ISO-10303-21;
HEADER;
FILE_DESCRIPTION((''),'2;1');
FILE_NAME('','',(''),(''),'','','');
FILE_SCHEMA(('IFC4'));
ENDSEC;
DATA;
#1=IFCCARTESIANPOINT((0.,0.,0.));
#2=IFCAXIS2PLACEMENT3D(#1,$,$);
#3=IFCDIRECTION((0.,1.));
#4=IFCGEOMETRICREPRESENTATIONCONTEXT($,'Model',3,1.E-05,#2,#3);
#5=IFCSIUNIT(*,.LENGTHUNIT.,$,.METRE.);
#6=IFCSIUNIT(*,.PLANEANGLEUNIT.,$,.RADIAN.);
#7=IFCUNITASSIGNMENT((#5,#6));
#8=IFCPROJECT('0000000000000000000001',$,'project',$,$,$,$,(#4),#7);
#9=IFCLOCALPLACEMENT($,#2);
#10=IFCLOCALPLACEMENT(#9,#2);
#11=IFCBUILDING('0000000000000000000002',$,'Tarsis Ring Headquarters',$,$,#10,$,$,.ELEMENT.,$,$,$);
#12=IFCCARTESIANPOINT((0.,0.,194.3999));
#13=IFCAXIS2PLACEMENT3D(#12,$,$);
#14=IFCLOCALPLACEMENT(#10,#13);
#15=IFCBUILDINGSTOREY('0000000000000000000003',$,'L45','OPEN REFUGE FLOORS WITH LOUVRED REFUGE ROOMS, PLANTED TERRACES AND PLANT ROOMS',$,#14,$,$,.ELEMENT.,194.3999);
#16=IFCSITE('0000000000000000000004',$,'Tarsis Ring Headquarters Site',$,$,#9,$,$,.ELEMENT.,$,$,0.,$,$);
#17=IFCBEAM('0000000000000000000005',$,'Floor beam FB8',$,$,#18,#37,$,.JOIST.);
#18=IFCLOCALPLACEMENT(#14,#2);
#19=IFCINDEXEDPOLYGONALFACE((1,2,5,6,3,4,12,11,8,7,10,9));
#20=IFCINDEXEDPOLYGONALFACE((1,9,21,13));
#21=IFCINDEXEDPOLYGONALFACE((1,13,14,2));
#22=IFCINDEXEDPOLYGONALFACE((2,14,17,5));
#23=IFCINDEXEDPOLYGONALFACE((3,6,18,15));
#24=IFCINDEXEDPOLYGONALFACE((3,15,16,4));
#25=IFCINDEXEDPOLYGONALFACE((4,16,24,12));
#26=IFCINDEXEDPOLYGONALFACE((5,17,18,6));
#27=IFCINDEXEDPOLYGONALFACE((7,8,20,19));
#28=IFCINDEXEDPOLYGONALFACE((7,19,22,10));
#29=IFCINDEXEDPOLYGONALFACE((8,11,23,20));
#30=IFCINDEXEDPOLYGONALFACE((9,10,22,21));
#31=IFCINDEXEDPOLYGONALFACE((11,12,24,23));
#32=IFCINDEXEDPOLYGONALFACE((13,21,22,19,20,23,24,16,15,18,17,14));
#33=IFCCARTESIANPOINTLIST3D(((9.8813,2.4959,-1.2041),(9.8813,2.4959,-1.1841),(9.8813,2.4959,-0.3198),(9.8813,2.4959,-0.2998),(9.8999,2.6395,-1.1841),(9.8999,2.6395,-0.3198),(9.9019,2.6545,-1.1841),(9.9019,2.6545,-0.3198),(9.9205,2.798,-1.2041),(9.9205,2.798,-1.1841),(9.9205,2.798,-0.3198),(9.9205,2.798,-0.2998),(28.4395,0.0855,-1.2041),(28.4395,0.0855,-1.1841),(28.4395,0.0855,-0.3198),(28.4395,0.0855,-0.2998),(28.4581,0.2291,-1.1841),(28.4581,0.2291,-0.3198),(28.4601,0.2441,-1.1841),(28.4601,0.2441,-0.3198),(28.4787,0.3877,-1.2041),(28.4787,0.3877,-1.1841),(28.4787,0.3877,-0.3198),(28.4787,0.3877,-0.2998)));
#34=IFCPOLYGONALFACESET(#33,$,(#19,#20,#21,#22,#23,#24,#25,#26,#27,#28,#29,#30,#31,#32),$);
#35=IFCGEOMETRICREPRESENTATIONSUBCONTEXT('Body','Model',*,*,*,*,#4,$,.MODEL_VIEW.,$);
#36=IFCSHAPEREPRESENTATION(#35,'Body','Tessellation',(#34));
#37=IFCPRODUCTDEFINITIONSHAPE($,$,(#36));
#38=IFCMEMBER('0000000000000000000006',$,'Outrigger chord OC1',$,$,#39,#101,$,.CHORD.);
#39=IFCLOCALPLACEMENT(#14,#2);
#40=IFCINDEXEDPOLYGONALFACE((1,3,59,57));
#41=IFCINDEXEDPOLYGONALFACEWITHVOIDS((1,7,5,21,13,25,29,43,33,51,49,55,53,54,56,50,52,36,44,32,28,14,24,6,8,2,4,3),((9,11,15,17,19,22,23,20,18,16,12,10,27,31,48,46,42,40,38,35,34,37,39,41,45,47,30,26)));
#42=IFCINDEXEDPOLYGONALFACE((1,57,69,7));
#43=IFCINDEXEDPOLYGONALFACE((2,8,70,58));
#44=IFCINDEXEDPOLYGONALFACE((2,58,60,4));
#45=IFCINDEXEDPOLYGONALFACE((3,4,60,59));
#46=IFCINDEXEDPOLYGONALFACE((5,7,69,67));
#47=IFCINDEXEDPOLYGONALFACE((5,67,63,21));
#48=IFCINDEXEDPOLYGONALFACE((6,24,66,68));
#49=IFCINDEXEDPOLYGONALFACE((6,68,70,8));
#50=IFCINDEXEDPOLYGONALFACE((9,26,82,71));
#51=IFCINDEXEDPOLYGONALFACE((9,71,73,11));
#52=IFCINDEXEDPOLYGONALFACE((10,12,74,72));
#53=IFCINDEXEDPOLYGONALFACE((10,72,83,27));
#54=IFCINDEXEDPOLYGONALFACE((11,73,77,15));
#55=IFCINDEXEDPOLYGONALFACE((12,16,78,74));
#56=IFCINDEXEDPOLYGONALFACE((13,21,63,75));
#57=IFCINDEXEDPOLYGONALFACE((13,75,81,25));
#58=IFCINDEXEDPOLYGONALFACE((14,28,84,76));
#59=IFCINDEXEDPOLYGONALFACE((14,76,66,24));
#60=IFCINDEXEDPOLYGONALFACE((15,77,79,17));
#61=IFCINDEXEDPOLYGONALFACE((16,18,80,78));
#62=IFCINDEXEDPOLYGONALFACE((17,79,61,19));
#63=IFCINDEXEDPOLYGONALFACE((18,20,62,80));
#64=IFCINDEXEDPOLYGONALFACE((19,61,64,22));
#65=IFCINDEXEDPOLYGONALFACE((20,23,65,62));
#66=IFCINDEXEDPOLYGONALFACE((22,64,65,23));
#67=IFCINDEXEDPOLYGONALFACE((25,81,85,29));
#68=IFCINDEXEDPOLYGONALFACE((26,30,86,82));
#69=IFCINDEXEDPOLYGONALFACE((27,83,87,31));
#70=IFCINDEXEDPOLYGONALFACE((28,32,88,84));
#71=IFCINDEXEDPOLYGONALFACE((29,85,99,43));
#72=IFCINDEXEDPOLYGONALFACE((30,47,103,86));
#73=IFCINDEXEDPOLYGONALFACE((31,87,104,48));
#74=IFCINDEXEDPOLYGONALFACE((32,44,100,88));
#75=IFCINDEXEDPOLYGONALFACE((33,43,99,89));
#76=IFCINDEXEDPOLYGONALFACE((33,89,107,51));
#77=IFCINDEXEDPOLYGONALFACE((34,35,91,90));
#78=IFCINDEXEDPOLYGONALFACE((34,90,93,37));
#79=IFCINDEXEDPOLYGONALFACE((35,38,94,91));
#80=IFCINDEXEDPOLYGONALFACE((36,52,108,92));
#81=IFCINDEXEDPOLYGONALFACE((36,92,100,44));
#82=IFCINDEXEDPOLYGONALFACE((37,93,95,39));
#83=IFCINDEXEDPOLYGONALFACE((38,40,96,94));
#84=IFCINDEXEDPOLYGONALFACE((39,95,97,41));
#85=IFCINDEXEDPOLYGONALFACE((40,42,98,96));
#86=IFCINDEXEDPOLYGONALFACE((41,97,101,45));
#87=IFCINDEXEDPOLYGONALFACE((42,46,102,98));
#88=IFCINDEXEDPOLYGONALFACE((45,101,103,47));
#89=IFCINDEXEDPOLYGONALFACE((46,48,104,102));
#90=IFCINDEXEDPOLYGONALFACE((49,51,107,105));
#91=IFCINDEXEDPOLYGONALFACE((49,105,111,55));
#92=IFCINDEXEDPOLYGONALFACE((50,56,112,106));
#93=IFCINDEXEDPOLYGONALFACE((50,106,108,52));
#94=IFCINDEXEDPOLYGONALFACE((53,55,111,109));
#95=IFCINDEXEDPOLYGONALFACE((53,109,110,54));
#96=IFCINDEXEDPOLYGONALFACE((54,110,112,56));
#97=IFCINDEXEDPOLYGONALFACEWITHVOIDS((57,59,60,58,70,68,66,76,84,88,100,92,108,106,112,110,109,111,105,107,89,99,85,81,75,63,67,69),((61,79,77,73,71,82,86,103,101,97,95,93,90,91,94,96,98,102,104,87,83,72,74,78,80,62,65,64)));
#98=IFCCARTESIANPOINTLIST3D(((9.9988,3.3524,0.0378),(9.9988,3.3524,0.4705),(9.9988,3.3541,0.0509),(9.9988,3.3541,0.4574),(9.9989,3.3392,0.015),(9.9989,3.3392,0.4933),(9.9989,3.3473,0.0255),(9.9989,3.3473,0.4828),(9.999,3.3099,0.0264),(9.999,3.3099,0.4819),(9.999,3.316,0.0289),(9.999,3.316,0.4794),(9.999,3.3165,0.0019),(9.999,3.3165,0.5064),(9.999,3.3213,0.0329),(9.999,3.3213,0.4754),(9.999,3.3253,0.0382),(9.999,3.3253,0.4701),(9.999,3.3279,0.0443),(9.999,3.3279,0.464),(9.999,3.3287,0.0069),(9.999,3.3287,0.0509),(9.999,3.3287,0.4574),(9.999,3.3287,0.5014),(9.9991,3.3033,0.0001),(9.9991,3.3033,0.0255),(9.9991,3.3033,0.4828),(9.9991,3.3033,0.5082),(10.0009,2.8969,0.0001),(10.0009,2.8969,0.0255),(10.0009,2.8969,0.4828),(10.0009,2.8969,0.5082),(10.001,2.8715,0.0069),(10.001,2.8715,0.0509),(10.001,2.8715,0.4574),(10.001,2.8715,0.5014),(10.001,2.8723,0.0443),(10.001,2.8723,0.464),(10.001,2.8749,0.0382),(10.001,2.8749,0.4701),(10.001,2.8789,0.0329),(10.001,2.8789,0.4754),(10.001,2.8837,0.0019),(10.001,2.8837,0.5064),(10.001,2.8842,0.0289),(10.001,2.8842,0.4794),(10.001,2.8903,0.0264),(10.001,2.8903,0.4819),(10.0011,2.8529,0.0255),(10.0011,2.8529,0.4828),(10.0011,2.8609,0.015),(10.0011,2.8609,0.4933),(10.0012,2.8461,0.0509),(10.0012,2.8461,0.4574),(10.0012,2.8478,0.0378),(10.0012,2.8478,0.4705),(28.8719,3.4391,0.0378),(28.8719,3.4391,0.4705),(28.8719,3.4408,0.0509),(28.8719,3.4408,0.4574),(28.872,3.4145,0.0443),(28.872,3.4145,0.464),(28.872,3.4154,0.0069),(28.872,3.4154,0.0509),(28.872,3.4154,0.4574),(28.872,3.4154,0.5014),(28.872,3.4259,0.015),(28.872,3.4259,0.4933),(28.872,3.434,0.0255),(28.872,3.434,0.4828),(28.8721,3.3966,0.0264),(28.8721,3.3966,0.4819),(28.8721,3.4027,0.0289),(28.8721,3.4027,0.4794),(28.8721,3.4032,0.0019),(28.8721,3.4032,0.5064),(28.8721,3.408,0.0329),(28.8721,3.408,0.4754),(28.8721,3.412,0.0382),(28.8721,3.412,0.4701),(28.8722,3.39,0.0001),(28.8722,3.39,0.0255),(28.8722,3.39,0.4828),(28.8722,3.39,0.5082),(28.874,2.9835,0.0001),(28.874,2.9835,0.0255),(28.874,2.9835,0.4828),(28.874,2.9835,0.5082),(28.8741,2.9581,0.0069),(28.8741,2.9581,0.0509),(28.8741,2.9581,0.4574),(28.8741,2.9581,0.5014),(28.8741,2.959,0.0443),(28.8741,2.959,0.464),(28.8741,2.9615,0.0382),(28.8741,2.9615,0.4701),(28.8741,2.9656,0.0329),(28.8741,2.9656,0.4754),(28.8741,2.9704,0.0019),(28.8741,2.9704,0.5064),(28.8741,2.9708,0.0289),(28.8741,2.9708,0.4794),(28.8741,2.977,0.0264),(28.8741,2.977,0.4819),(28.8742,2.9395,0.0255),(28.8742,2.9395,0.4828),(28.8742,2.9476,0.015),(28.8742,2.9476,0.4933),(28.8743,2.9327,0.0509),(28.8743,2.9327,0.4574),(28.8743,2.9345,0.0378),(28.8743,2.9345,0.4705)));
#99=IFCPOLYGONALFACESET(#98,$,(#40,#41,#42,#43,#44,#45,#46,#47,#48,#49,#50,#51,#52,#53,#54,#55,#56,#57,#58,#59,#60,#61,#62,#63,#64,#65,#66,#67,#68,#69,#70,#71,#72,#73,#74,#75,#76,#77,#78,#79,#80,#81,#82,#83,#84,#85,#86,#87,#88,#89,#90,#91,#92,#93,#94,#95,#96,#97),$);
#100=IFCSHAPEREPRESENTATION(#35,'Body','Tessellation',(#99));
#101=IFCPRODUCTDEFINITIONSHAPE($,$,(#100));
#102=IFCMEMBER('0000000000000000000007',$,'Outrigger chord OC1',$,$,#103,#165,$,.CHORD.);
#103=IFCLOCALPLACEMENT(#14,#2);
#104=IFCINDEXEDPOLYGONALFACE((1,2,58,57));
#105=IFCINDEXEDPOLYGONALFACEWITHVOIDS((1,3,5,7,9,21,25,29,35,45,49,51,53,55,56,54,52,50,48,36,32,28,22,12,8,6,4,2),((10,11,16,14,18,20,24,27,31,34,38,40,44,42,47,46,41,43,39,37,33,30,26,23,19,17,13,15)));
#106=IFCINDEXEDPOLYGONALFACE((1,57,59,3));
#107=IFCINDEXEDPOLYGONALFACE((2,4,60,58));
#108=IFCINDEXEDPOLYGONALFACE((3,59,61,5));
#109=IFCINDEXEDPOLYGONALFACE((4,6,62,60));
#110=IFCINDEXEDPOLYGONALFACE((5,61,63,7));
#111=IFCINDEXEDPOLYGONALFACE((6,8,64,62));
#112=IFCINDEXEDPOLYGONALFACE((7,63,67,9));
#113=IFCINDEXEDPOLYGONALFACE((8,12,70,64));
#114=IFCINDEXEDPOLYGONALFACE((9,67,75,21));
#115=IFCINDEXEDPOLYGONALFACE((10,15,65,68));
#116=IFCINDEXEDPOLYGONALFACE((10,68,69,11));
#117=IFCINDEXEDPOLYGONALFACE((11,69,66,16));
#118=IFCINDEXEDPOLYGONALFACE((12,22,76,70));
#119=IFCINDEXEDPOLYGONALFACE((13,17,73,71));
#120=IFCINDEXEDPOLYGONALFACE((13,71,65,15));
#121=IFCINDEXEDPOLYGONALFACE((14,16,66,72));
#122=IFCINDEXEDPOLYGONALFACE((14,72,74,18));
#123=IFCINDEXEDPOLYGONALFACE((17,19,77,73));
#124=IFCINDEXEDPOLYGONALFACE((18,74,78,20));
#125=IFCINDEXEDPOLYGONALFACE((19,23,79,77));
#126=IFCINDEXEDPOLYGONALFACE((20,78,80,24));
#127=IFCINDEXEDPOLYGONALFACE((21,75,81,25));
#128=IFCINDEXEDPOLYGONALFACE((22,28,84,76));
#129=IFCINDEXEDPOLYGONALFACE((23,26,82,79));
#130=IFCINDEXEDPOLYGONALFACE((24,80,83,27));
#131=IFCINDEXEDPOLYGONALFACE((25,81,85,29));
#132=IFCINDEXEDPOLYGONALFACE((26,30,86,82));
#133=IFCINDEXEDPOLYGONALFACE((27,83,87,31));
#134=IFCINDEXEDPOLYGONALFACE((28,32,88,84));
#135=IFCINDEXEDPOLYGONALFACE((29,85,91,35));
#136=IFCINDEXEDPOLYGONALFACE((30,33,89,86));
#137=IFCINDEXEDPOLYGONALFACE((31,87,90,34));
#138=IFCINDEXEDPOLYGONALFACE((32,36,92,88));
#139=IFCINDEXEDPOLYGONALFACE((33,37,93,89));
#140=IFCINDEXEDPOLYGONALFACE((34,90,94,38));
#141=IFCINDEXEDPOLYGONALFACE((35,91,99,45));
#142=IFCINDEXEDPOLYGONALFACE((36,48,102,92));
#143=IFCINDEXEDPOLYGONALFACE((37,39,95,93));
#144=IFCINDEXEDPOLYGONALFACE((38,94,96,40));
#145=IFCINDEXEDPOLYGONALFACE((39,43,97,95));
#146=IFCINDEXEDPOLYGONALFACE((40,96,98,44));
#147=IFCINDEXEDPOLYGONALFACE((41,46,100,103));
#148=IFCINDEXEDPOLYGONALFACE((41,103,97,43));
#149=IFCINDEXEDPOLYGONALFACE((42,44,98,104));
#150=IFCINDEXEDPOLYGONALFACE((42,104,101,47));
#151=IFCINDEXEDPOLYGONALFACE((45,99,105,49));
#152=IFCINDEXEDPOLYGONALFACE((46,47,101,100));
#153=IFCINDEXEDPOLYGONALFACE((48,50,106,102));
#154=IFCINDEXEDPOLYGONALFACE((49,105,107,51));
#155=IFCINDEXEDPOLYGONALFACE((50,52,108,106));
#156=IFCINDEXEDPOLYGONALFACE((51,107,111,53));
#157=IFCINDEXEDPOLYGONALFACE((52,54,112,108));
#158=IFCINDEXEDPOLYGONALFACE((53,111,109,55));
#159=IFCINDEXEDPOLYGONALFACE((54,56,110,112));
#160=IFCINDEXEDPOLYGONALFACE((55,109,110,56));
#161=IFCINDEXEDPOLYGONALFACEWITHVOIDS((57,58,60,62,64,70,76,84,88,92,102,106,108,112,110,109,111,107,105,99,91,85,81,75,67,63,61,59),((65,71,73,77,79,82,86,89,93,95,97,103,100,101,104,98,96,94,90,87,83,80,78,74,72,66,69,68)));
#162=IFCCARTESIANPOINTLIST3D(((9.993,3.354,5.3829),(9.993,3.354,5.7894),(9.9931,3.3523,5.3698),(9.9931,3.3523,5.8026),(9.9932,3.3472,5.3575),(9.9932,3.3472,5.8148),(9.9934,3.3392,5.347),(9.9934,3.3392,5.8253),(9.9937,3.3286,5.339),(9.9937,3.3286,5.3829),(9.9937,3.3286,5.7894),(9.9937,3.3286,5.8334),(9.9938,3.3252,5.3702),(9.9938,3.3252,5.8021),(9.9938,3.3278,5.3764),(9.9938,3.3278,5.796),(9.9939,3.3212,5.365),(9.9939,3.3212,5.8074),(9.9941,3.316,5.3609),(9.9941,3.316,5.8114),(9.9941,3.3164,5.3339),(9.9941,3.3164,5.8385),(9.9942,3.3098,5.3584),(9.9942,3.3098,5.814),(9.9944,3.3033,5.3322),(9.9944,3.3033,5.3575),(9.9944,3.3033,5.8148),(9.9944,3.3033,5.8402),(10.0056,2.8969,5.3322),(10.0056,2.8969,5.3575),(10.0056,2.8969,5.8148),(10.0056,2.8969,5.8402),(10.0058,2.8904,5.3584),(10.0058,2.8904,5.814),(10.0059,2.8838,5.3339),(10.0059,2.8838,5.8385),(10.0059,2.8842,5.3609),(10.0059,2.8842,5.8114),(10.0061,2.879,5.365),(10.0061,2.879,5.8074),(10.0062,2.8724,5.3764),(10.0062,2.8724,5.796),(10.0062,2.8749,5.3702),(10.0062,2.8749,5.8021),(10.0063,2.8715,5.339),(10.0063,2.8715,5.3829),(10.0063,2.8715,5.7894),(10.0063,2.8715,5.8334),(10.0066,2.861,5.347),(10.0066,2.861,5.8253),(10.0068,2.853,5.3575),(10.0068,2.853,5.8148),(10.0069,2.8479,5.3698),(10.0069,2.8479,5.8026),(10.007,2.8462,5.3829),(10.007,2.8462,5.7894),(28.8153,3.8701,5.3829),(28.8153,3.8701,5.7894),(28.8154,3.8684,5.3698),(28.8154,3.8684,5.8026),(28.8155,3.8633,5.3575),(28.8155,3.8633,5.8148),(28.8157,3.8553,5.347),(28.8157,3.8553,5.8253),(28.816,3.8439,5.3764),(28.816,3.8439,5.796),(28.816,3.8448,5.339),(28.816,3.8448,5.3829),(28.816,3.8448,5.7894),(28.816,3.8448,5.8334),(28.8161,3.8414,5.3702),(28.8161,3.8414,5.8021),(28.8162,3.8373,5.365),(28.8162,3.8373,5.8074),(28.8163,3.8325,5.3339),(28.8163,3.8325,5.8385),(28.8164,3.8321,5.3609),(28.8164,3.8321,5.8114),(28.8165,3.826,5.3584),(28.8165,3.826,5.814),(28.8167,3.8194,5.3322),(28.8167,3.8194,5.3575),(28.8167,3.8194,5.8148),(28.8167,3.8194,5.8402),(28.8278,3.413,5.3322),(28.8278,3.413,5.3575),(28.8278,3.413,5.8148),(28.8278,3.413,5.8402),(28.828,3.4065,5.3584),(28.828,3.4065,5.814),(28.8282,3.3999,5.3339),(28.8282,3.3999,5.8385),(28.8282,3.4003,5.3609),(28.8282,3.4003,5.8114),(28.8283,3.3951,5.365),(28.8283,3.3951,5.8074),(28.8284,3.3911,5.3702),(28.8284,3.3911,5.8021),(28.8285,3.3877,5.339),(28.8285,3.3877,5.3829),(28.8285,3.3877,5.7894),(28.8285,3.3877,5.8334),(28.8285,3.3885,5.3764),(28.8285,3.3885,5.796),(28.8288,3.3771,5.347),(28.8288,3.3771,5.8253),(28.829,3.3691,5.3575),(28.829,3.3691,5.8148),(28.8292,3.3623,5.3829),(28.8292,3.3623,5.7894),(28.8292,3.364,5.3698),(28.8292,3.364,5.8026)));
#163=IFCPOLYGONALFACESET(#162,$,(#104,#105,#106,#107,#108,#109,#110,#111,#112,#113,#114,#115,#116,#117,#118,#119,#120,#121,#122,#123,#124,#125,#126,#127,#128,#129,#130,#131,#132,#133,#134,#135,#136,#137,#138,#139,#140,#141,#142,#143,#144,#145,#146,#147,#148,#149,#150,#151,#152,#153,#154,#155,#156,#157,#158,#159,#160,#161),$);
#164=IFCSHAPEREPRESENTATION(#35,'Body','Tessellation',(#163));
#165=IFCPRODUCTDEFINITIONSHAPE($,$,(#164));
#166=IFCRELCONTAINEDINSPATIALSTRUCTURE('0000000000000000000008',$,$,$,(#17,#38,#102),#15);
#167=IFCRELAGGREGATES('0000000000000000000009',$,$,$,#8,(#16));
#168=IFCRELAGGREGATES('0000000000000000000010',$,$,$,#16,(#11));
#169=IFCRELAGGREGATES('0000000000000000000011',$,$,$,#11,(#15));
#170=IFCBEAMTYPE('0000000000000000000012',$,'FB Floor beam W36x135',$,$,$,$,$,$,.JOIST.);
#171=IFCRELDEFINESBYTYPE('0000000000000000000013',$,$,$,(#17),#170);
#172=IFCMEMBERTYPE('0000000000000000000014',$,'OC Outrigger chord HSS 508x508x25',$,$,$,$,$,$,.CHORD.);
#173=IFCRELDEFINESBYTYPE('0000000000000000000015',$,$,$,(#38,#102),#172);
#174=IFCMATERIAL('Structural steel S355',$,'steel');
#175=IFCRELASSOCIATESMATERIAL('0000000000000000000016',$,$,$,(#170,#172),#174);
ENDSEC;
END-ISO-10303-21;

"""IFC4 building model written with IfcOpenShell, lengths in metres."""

from ifc_helpers import new_model, si_unit, direction, frame, origin, origin_2d, place, context, subcontext, project, spatial, hollow_rectangle, i_section, extrude, material, material_profile, profile_set, type_object, element, save


model = new_model("IFC4")

# Units and contexts
model_context = context("Model", 3, precision=1e-05, world=origin(), true_north=direction((0.0, 1.0)))
body_context = subcontext(model_context, "Body", "Model", "MODEL_VIEW")
ifc_project = project(units=[si_unit("LENGTHUNIT", "METRE"), si_unit("PLANEANGLEUNIT", "RADIAN")], contexts=[model_context])

# Site, building, storey
site_placement = place(None, origin())
site = spatial("IfcSite", under=ifc_project, at=site_placement, Name="Tarsis Ring Headquarters Site", CompositionType="ELEMENT", RefElevation=0.0)
building_placement = place(site_placement, origin())
building = spatial("IfcBuilding", under=site, at=building_placement, Name="Tarsis Ring Headquarters", CompositionType="ELEMENT")
storey_placement = place(building_placement, frame((0.0, 0.0, 194.3999)))
storey = spatial("IfcBuildingStorey", under=building, at=storey_placement, Name="L45", Description="OPEN REFUGE FLOORS WITH LOUVRED REFUGE ROOMS, PLANTED TERRACES AND PLANT ROOMS", CompositionType="ELEMENT", Elevation=194.3999)

# Beam
ifc_material_1 = material(Name="Structural steel S355", Category="steel")
ifc_material_profile_1 = material_profile(ifc_material_1, i_section(OverallWidth=0.3047, OverallDepth=0.9043, WebThickness=0.0151, FlangeThickness=0.02, at=origin_2d()), Name="W36x135")
ifc_profile_set_1 = profile_set([ifc_material_profile_1], Name="Structural steel S355")
beam_type_1 = type_object("IfcBeamType", Name="FB Floor beam W36x135", PredefinedType="JOIST", material=ifc_profile_set_1)
beam_1_placement = place(storey_placement, frame((9.9009, 2.647, -0.752), z_axis=(0.991671, -0.1288, 0.0), x_axis=(0.1288, 0.991671, 0.0)))
element("IfcBeam", 1, at=beam_1_placement, inside=storey, type_object=beam_type_1, Name="Floor beam FB8", PredefinedType="JOIST", context=body_context, shape_type="SweptSolid", body=[
    extrude(i_section(OverallWidth=0.3047, OverallDepth=0.9043, WebThickness=0.0151, FlangeThickness=0.02, at=origin_2d()), origin(), (0.0, 0.0, 1.0), 18.7141),
])

# Members
ifc_material_profile_2 = material_profile(ifc_material_1, hollow_rectangle(XDim=0.5081, YDim=0.5081, WallThickness=0.0254, InnerFilletRadius=0.0254, OuterFilletRadius=0.0508, at=origin_2d()), Name="HSS 508x508x25")
ifc_profile_set_2 = profile_set([ifc_material_profile_2], Name="Structural steel S355")
member_type_1 = type_object("IfcMemberType", Name="OC Outrigger chord HSS 508x508x25", PredefinedType="CHORD", material=ifc_profile_set_2)
member_1_placement = place(storey_placement, frame((10.0, 3.1001, 0.2542), z_axis=(0.999989, 0.004592, 0.0), x_axis=(-0.004592, 0.999989, 0.0)))
element("IfcMember", 2, at=member_1_placement, inside=storey, type_object=member_type_1, Name="Outrigger chord OC1", PredefinedType="CHORD", context=body_context, shape_type="SweptSolid", body=[
    extrude(hollow_rectangle(XDim=0.5081, YDim=0.5081, WallThickness=0.0254, InnerFilletRadius=0.0254, OuterFilletRadius=0.0508, at=origin_2d()), origin(), (0.0, 0.0, 1.0), 18.8733),
])
member_2_placement = place(storey_placement, frame((10.0, 3.1001, 5.5862), z_axis=(0.999624, 0.02741, 0.0), x_axis=(-0.02741, 0.999624, 0.0)))
element("IfcMember", 3, at=member_2_placement, inside=storey, type_object=member_type_1, Name="Outrigger chord OC1", PredefinedType="CHORD", context=body_context, shape_type="SweptSolid", body=[
    extrude(hollow_rectangle(XDim=0.5081, YDim=0.5081, WallThickness=0.0254, InnerFilletRadius=0.0254, OuterFilletRadius=0.0508, at=origin_2d()), origin(), (0.0, 0.0, 1.0), 18.8293),
])

save(model, "model.ifc")
